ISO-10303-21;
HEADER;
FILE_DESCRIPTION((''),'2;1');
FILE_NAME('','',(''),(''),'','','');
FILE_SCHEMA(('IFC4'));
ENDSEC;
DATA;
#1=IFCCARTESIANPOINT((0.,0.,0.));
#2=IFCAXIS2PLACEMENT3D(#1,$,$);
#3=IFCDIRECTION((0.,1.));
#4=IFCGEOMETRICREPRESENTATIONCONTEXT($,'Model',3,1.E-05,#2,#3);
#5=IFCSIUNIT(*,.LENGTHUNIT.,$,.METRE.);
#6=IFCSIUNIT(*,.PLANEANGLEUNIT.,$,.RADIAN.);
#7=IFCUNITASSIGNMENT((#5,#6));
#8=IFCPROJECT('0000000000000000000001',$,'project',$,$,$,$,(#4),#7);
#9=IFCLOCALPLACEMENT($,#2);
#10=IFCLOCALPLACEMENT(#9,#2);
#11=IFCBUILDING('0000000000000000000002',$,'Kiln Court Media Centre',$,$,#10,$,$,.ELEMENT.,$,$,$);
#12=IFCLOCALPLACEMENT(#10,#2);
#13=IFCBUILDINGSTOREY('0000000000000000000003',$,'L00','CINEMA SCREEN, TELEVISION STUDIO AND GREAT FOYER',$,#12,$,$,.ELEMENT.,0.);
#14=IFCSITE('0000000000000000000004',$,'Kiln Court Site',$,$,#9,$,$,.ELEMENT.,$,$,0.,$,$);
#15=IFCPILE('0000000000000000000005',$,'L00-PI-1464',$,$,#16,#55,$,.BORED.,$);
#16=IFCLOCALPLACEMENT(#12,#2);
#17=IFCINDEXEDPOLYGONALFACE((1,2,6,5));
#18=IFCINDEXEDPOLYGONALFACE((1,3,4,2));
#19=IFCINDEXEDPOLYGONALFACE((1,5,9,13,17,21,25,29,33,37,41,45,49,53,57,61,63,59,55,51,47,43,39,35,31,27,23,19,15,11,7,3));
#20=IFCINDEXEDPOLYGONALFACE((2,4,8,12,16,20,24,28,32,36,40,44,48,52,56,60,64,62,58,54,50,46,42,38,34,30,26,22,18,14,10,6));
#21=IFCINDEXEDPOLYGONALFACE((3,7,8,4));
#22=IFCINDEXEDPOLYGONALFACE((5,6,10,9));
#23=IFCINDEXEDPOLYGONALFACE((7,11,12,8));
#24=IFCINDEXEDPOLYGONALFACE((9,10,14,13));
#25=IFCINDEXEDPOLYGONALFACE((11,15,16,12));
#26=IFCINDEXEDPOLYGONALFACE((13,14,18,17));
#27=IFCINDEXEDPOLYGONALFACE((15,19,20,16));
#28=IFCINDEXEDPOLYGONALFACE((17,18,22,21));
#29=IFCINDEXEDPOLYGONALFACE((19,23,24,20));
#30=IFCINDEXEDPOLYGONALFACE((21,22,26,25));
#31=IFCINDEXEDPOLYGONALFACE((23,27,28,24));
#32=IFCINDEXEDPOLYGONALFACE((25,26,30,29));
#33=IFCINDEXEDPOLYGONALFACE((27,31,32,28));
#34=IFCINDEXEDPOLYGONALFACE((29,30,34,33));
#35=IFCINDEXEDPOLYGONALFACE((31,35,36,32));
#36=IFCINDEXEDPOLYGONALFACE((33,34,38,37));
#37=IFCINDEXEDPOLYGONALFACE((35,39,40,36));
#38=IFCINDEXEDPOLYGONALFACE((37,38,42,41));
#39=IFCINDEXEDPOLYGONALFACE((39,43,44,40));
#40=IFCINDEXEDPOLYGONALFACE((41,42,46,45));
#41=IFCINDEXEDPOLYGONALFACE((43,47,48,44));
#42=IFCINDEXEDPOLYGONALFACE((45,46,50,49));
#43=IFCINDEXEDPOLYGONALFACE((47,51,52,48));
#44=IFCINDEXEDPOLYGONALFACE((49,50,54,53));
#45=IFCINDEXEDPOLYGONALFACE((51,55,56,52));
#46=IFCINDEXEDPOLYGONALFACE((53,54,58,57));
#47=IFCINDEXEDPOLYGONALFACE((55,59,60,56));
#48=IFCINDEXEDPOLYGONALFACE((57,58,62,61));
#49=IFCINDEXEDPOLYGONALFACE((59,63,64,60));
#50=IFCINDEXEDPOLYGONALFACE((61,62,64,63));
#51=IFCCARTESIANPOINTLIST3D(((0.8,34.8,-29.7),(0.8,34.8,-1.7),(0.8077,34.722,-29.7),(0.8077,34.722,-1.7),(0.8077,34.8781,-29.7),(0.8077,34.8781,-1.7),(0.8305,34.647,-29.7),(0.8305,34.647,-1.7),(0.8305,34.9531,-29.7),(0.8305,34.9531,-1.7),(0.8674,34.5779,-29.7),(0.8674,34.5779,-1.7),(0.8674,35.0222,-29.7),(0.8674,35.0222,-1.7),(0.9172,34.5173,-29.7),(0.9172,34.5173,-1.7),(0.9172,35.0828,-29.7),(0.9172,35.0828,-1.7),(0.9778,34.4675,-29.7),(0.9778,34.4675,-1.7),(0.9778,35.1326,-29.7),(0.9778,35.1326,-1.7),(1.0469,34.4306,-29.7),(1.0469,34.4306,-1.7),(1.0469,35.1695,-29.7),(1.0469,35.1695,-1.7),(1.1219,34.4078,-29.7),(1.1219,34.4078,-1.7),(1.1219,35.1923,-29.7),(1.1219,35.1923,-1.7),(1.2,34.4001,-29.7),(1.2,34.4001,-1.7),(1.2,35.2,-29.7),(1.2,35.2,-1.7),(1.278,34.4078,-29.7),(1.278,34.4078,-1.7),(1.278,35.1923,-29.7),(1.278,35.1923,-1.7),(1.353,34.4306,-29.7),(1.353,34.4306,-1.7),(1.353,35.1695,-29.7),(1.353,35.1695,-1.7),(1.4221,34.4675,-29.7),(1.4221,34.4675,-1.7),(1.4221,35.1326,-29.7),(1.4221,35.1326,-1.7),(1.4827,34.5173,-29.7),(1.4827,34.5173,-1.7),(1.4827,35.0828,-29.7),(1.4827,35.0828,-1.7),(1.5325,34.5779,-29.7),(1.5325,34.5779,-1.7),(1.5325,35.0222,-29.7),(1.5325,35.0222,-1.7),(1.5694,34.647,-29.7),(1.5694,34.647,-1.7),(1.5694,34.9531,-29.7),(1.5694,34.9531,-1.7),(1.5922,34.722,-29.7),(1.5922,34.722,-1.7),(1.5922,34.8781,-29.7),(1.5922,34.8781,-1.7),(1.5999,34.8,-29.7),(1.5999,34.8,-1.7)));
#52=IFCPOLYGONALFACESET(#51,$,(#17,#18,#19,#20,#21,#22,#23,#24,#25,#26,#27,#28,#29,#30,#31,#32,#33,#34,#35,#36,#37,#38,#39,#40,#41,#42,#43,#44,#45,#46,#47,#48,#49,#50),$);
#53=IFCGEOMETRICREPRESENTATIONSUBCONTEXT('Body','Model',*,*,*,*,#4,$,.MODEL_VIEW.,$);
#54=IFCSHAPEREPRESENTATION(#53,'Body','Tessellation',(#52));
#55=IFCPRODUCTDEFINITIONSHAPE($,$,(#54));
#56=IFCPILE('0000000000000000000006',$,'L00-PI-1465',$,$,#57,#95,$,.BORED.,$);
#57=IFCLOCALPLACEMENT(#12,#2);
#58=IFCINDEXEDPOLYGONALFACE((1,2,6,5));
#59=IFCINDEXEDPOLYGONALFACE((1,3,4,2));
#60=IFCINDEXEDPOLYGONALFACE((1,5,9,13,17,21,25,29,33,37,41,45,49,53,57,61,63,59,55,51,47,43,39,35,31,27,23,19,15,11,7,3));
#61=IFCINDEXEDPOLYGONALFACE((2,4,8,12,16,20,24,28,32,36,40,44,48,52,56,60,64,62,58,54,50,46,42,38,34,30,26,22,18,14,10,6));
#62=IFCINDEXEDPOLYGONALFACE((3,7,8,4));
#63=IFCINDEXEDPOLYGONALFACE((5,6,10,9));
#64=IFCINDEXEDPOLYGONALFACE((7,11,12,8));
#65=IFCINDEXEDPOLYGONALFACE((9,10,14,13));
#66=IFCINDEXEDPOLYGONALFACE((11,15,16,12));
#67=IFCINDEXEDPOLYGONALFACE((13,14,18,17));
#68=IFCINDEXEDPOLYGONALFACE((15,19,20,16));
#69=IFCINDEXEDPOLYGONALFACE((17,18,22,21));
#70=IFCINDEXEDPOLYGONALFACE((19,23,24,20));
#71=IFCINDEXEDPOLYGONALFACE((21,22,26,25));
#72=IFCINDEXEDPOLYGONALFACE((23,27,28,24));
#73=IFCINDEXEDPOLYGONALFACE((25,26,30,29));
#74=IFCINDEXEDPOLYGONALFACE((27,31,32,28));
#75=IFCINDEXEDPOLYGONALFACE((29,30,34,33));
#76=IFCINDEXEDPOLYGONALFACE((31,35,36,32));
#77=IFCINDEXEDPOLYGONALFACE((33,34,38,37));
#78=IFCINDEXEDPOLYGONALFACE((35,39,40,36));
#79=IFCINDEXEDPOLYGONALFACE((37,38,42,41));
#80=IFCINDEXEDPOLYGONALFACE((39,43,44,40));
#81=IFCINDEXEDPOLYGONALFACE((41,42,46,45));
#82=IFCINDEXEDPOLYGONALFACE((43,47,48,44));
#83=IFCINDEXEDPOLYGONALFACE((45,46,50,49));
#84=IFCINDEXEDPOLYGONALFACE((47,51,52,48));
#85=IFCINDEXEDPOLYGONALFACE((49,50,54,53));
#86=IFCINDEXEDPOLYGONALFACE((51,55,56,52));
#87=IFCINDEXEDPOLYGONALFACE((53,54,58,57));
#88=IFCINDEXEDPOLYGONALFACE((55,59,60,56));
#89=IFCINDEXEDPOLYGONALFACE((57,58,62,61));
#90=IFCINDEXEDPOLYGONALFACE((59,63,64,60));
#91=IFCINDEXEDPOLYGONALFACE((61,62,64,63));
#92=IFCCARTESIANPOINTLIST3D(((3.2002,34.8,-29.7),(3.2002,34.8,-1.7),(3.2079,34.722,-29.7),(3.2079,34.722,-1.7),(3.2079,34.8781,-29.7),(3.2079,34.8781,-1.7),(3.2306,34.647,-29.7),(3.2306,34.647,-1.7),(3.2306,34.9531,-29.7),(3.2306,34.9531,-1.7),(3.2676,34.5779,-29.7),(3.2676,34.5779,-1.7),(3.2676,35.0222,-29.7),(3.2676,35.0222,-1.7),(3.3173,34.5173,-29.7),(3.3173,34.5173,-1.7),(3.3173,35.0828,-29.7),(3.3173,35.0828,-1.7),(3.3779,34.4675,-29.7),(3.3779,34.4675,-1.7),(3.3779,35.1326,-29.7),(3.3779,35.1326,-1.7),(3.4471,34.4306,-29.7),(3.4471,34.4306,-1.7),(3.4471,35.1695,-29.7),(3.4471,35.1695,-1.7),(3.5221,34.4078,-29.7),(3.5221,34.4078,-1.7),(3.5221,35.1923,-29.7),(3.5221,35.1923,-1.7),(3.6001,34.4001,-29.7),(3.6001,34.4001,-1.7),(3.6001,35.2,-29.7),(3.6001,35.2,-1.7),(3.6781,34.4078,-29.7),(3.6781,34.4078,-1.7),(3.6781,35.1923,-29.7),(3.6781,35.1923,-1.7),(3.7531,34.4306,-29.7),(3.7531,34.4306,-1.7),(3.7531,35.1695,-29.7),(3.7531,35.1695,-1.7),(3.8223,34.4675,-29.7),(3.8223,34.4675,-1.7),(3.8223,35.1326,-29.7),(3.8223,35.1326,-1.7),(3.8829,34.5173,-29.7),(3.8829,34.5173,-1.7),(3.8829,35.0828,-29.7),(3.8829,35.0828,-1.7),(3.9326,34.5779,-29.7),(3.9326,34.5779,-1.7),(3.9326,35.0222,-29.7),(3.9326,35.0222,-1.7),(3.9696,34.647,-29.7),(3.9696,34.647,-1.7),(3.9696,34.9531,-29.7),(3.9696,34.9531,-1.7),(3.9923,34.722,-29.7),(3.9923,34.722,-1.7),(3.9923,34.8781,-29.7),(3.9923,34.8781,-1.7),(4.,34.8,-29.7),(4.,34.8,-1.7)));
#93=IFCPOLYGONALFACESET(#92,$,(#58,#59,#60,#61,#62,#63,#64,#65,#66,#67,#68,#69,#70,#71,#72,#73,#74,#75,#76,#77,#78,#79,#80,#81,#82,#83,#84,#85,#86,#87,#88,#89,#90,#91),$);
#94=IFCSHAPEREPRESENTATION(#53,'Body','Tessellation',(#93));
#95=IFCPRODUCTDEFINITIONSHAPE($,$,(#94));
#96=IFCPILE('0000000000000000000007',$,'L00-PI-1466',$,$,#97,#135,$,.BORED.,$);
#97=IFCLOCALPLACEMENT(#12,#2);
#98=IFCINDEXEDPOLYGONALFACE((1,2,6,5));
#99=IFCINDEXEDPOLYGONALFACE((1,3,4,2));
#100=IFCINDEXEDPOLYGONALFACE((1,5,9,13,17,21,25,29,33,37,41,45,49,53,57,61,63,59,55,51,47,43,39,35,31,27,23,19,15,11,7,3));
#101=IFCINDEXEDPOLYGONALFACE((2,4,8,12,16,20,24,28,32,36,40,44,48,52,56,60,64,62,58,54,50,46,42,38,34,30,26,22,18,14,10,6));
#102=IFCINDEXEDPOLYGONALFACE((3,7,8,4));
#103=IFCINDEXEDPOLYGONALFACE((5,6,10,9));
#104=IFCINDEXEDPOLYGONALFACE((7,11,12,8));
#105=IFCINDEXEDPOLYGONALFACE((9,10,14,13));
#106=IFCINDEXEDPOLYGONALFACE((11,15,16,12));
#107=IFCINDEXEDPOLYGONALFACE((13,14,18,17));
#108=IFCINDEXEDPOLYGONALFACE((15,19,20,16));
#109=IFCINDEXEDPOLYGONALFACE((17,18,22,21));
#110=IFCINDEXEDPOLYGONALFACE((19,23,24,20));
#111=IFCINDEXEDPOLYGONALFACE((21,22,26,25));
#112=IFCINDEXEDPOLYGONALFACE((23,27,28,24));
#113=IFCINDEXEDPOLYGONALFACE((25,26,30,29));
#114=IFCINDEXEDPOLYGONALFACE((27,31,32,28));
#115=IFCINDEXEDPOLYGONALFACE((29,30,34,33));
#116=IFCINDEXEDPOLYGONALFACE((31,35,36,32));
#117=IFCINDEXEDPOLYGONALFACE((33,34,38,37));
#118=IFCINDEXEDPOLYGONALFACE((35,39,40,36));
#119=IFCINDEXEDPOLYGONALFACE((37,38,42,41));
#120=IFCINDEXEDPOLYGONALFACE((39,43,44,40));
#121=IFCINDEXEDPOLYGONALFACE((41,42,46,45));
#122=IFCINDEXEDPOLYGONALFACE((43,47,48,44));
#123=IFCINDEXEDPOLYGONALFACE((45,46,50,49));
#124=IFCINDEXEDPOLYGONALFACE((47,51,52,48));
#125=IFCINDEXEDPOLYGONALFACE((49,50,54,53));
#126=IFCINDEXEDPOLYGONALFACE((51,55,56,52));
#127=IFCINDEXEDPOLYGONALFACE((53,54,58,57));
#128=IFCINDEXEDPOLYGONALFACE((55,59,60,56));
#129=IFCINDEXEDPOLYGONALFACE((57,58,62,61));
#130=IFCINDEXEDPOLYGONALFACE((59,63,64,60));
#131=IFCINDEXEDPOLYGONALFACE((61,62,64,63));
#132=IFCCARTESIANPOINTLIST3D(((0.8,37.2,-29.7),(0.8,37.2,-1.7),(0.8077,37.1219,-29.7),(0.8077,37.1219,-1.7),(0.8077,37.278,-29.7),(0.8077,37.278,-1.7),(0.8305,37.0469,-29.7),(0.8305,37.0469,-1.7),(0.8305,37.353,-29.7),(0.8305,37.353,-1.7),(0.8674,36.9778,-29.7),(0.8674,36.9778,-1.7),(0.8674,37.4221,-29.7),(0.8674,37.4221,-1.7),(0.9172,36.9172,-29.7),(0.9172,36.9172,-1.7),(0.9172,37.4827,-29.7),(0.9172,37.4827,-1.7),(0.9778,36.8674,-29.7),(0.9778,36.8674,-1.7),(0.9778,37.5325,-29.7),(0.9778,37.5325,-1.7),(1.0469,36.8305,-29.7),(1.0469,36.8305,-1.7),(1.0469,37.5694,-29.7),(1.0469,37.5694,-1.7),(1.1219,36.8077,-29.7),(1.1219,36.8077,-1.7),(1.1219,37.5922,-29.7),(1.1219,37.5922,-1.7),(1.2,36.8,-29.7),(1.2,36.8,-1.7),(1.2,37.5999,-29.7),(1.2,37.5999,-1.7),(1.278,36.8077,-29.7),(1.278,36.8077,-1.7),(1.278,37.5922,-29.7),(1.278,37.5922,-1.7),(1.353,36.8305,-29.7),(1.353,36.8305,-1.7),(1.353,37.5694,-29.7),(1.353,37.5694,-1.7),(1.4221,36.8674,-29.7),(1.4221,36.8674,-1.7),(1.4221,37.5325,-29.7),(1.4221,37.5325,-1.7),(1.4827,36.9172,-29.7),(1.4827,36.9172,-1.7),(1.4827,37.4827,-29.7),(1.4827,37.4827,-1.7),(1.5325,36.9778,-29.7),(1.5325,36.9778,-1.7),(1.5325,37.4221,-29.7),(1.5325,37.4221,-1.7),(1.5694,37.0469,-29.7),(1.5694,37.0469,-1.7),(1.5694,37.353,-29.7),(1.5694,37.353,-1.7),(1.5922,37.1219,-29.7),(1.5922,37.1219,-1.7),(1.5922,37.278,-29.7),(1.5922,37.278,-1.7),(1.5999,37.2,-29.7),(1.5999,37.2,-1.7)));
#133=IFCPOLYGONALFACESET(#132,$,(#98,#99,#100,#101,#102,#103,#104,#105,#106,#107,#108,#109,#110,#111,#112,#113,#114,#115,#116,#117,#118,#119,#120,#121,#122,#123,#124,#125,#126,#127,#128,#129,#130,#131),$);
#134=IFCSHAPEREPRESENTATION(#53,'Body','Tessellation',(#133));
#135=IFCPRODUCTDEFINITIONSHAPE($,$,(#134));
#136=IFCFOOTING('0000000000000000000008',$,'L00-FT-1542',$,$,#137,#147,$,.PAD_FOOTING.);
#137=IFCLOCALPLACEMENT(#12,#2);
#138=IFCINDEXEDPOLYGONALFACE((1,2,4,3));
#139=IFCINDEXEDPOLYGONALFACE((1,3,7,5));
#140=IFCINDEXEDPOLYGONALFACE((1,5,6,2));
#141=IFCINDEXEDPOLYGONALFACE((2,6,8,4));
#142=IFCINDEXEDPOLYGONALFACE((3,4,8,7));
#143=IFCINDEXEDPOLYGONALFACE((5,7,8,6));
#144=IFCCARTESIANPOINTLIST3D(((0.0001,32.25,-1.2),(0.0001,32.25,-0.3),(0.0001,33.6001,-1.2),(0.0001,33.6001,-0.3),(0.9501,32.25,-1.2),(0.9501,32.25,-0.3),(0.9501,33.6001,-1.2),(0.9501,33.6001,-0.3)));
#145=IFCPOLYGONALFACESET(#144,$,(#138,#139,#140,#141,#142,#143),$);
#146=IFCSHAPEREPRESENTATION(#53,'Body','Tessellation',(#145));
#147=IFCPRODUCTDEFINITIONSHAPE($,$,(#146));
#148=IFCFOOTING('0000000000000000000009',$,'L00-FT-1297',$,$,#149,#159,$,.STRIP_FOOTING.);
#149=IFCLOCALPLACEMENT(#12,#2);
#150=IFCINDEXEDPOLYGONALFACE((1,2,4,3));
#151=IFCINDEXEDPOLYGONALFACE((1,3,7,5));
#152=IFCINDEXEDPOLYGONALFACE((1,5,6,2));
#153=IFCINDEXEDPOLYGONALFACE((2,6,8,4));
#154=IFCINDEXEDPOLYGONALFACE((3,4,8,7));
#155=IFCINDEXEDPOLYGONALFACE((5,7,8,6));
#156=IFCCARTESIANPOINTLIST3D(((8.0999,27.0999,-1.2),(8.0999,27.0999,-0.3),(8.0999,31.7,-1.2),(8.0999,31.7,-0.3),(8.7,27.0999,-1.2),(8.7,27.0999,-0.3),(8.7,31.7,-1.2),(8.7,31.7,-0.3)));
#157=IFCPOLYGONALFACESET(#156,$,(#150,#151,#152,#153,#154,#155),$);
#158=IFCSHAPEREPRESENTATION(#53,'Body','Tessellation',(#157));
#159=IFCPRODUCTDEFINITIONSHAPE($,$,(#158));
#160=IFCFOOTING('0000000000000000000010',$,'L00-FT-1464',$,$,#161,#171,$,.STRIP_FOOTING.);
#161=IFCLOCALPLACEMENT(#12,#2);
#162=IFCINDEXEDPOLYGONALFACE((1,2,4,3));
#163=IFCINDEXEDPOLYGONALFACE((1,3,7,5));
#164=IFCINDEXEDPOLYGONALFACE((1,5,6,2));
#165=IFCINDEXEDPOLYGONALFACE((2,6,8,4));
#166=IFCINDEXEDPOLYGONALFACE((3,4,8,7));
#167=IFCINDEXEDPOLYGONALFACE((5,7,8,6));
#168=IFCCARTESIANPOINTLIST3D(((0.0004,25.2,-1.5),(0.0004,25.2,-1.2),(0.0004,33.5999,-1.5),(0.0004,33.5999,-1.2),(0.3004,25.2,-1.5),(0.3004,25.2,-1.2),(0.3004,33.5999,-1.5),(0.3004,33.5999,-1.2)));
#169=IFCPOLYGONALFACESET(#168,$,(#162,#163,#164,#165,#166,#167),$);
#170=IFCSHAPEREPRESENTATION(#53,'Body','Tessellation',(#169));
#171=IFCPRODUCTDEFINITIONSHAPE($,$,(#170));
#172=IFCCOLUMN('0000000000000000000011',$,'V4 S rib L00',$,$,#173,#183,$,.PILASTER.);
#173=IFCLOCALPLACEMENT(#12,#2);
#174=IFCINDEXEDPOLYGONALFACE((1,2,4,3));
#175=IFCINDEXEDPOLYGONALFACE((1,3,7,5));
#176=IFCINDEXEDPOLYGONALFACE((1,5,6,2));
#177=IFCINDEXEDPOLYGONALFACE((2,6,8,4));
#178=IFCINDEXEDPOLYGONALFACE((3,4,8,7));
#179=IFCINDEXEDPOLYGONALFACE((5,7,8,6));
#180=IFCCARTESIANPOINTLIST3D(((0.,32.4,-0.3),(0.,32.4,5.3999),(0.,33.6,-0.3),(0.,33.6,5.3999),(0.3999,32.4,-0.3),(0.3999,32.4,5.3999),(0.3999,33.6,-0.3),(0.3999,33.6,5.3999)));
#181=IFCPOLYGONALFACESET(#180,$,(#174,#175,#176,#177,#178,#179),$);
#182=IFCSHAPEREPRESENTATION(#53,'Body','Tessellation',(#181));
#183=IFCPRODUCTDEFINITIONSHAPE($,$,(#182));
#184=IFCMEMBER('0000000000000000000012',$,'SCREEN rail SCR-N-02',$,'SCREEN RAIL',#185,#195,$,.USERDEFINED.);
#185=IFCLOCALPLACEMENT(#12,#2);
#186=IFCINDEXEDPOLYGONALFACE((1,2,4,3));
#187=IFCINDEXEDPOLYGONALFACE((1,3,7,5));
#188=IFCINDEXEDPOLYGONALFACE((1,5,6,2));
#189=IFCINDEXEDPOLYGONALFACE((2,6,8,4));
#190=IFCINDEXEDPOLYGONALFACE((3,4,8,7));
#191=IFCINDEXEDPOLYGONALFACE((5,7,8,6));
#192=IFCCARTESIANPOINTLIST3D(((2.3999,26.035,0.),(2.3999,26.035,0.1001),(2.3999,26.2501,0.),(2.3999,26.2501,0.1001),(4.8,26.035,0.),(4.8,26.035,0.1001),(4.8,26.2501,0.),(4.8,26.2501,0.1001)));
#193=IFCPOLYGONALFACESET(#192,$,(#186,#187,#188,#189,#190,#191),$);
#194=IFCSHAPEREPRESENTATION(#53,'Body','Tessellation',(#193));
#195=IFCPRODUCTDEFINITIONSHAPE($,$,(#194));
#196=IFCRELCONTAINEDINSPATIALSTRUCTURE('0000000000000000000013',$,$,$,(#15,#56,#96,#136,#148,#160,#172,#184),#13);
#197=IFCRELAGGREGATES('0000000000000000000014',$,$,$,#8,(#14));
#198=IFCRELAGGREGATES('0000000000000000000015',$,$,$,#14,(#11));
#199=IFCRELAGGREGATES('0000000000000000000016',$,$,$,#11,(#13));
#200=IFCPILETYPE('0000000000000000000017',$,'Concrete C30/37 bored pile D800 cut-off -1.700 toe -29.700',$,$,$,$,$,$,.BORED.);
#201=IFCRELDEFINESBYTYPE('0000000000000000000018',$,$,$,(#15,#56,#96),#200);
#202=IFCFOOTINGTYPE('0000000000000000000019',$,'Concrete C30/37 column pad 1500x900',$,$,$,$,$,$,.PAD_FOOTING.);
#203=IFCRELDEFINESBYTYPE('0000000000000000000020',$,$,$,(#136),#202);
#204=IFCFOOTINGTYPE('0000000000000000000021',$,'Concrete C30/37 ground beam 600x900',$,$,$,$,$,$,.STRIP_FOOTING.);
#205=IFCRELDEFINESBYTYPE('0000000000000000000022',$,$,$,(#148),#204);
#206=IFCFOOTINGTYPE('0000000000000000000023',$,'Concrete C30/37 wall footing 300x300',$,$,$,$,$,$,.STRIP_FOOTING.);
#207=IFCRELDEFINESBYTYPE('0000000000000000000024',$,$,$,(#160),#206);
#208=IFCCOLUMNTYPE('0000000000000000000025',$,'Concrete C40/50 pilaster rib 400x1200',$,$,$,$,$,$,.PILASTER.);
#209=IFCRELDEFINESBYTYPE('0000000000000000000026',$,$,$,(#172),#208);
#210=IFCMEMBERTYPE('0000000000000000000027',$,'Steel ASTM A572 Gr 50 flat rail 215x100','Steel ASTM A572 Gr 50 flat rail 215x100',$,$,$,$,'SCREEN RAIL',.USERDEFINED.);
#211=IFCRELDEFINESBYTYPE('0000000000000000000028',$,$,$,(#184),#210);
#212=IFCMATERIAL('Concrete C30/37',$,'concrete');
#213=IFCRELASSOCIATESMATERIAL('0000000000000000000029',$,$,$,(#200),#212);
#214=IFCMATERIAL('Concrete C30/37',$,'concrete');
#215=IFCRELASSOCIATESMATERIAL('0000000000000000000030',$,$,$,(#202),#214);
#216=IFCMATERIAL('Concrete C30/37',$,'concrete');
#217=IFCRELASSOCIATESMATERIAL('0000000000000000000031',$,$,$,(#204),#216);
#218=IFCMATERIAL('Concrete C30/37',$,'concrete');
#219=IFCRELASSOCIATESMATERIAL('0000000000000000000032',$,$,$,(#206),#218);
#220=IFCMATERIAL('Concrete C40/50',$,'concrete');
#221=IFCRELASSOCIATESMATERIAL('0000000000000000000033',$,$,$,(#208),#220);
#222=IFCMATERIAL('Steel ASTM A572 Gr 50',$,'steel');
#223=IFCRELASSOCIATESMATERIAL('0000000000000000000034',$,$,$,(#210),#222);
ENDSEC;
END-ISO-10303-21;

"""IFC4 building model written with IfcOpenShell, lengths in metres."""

from ifc_helpers import new_model, si_unit, direction, frame, origin, origin_2d, place, context, subcontext, project, spatial, rectangle, circle, extrude, material, material_profile, profile_set, type_object, element, save


model = new_model("IFC4")

# Units and contexts
model_context = context("Model", 3, precision=1e-05, world=origin(), true_north=direction((0.0, 1.0)))
body_context = subcontext(model_context, "Body", "Model", "MODEL_VIEW")
ifc_project = project(units=[si_unit("LENGTHUNIT", "METRE"), si_unit("PLANEANGLEUNIT", "RADIAN")], contexts=[model_context])

# Site, building, storey
site_placement = place(None, origin())
site = spatial("IfcSite", under=ifc_project, at=site_placement, Name="Kiln Court Site", CompositionType="ELEMENT", RefElevation=0.0)
building_placement = place(site_placement, origin())
building = spatial("IfcBuilding", under=site, at=building_placement, Name="Kiln Court Media Centre", CompositionType="ELEMENT")
storey_placement = place(building_placement, origin())
storey = spatial("IfcBuildingStorey", under=building, at=storey_placement, Name="L00", Description="CINEMA SCREEN, TELEVISION STUDIO AND GREAT FOYER", CompositionType="ELEMENT", Elevation=0.0)

# Piles
ifc_material_1 = material(Name="Concrete C30/37", Category="concrete")
ifc_material_profile_1 = material_profile(ifc_material_1, circle(Radius=0.3999, at=origin_2d()), Name="PILE D800")
ifc_profile_set_1 = profile_set([ifc_material_profile_1], Name="Concrete C30/37")
pile_type = type_object("IfcPileType", Name="Concrete C30/37 bored pile D800 cut-off -1.700 toe -29.700", PredefinedType="BORED", material=ifc_profile_set_1)
for number, where, z_axis, x_axis, name in (
    (1, (1.2, 34.8, -1.7), (0.0, 0.0, -1.0), (1.0, 0.0, 0.0), "L00-PI-1464"),
    (2, (3.6001, 34.8, -1.7), (0.0, 0.0, -1.0), (1.0, 0.0, 0.0), "L00-PI-1465"),
    (3, (1.2, 37.2, -1.7), (0.0, 0.0, -1.0), (1.0, 0.0, 0.0), "L00-PI-1466"),
):
    element("IfcPile", number, at=place(storey_placement, frame(where, z_axis=z_axis, x_axis=x_axis)), inside=storey, type_object=pile_type, Name=name, PredefinedType="BORED", context=body_context, shape_type="SweptSolid", body=[
        extrude(circle(Radius=0.3999, at=origin_2d()), origin(), (0.0, 0.0, 1.0), 28.0),
    ])

# Footings
ifc_material_2 = material(Name="Concrete C30/37", Category="concrete")
footing_type_1 = type_object("IfcFootingType", Name="Concrete C30/37 column pad 1500x900", PredefinedType="PAD_FOOTING", material=ifc_material_2)
footing_1_placement = place(storey_placement, frame((0.4751, 32.925, -1.2), z_axis=(0.0, 0.0, 1.0), x_axis=(1.0, 0.0, 0.0)))
element("IfcFooting", 4, at=footing_1_placement, inside=storey, type_object=footing_type_1, Name="L00-FT-1542", PredefinedType="PAD_FOOTING", context=body_context, shape_type="SweptSolid", body=[
    extrude(rectangle(XDim=0.95, YDim=1.3501, at=origin_2d()), origin(), (0.0, 0.0, 1.0), 0.8999),
])
ifc_material_3 = material(Name="Concrete C30/37", Category="concrete")
footing_type_2 = type_object("IfcFootingType", Name="Concrete C30/37 ground beam 600x900", PredefinedType="STRIP_FOOTING", material=ifc_material_3)
footing_2_placement = place(storey_placement, frame((8.3999, 29.3999, -1.2), z_axis=(0.0, 0.0, 1.0), x_axis=(1.0, 0.0, 0.0)))
element("IfcFooting", 5, at=footing_2_placement, inside=storey, type_object=footing_type_2, Name="L00-FT-1297", PredefinedType="STRIP_FOOTING", context=body_context, shape_type="SweptSolid", body=[
    extrude(rectangle(XDim=0.6001, YDim=4.6001, at=origin_2d()), origin(), (0.0, 0.0, 1.0), 0.8999),
])
ifc_material_4 = material(Name="Concrete C30/37", Category="concrete")
footing_type_3 = type_object("IfcFootingType", Name="Concrete C30/37 wall footing 300x300", PredefinedType="STRIP_FOOTING", material=ifc_material_4)
footing_3_placement = place(storey_placement, frame((0.1504, 29.3999, -1.5), z_axis=(0.0, 0.0, 1.0), x_axis=(1.0, 0.0, 0.0)))
element("IfcFooting", 6, at=footing_3_placement, inside=storey, type_object=footing_type_3, Name="L00-FT-1464", PredefinedType="STRIP_FOOTING", context=body_context, shape_type="SweptSolid", body=[
    extrude(rectangle(XDim=0.3, YDim=8.3999, at=origin_2d()), origin(), (0.0, 0.0, 1.0), 0.3),
])

# Column
ifc_material_5 = material(Name="Concrete C40/50", Category="concrete")
ifc_material_profile_2 = material_profile(ifc_material_5, rectangle(XDim=0.3999, YDim=1.2, at=origin_2d()), Name="RC 400x1200")
ifc_profile_set_2 = profile_set([ifc_material_profile_2], Name="Concrete C40/50")
column_type = type_object("IfcColumnType", Name="Concrete C40/50 pilaster rib 400x1200", PredefinedType="PILASTER", material=ifc_profile_set_2)
column_placement = place(storey_placement, frame((0.2, 33.0, -0.3), z_axis=(0.0, 0.0, 1.0), x_axis=(1.0, 0.0, 0.0)))
element("IfcColumn", 7, at=column_placement, inside=storey, type_object=column_type, Name="V4 S rib L00", PredefinedType="PILASTER", context=body_context, shape_type="SweptSolid", body=[
    extrude(rectangle(XDim=0.3999, YDim=1.2, at=origin_2d()), origin(), (0.0, 0.0, 1.0), 5.7),
])

# Member
ifc_material_6 = material(Name="Steel ASTM A572 Gr 50", Category="steel")
ifc_material_profile_3 = material_profile(ifc_material_6, rectangle(XDim=0.2151, YDim=0.1001, at=origin_2d()), Name="Steel ASTM A572 Gr 50 flat rail 215x100")
ifc_profile_set_3 = profile_set([ifc_material_profile_3], Name="Steel ASTM A572 Gr 50")
member_type = type_object("IfcMemberType", Name="Steel ASTM A572 Gr 50 flat rail 215x100", Description="Steel ASTM A572 Gr 50 flat rail 215x100", ElementType="SCREEN RAIL", PredefinedType="USERDEFINED", material=ifc_profile_set_3)
member_1_placement = place(storey_placement, frame((2.3999, 26.1426, 0.05), z_axis=(1.0, 0.0, 0.0), x_axis=(0.0, 1.0, 0.0)))
element("IfcMember", 8, at=member_1_placement, inside=storey, type_object=member_type, Name="SCREEN rail SCR-N-02", ObjectType="SCREEN RAIL", PredefinedType="USERDEFINED", context=body_context, shape_type="SweptSolid", body=[
    extrude(rectangle(XDim=0.2151, YDim=0.1001, at=origin_2d()), origin(), (0.0, 0.0, 1.0), 2.4001),
])

save(model, "model.ifc")
